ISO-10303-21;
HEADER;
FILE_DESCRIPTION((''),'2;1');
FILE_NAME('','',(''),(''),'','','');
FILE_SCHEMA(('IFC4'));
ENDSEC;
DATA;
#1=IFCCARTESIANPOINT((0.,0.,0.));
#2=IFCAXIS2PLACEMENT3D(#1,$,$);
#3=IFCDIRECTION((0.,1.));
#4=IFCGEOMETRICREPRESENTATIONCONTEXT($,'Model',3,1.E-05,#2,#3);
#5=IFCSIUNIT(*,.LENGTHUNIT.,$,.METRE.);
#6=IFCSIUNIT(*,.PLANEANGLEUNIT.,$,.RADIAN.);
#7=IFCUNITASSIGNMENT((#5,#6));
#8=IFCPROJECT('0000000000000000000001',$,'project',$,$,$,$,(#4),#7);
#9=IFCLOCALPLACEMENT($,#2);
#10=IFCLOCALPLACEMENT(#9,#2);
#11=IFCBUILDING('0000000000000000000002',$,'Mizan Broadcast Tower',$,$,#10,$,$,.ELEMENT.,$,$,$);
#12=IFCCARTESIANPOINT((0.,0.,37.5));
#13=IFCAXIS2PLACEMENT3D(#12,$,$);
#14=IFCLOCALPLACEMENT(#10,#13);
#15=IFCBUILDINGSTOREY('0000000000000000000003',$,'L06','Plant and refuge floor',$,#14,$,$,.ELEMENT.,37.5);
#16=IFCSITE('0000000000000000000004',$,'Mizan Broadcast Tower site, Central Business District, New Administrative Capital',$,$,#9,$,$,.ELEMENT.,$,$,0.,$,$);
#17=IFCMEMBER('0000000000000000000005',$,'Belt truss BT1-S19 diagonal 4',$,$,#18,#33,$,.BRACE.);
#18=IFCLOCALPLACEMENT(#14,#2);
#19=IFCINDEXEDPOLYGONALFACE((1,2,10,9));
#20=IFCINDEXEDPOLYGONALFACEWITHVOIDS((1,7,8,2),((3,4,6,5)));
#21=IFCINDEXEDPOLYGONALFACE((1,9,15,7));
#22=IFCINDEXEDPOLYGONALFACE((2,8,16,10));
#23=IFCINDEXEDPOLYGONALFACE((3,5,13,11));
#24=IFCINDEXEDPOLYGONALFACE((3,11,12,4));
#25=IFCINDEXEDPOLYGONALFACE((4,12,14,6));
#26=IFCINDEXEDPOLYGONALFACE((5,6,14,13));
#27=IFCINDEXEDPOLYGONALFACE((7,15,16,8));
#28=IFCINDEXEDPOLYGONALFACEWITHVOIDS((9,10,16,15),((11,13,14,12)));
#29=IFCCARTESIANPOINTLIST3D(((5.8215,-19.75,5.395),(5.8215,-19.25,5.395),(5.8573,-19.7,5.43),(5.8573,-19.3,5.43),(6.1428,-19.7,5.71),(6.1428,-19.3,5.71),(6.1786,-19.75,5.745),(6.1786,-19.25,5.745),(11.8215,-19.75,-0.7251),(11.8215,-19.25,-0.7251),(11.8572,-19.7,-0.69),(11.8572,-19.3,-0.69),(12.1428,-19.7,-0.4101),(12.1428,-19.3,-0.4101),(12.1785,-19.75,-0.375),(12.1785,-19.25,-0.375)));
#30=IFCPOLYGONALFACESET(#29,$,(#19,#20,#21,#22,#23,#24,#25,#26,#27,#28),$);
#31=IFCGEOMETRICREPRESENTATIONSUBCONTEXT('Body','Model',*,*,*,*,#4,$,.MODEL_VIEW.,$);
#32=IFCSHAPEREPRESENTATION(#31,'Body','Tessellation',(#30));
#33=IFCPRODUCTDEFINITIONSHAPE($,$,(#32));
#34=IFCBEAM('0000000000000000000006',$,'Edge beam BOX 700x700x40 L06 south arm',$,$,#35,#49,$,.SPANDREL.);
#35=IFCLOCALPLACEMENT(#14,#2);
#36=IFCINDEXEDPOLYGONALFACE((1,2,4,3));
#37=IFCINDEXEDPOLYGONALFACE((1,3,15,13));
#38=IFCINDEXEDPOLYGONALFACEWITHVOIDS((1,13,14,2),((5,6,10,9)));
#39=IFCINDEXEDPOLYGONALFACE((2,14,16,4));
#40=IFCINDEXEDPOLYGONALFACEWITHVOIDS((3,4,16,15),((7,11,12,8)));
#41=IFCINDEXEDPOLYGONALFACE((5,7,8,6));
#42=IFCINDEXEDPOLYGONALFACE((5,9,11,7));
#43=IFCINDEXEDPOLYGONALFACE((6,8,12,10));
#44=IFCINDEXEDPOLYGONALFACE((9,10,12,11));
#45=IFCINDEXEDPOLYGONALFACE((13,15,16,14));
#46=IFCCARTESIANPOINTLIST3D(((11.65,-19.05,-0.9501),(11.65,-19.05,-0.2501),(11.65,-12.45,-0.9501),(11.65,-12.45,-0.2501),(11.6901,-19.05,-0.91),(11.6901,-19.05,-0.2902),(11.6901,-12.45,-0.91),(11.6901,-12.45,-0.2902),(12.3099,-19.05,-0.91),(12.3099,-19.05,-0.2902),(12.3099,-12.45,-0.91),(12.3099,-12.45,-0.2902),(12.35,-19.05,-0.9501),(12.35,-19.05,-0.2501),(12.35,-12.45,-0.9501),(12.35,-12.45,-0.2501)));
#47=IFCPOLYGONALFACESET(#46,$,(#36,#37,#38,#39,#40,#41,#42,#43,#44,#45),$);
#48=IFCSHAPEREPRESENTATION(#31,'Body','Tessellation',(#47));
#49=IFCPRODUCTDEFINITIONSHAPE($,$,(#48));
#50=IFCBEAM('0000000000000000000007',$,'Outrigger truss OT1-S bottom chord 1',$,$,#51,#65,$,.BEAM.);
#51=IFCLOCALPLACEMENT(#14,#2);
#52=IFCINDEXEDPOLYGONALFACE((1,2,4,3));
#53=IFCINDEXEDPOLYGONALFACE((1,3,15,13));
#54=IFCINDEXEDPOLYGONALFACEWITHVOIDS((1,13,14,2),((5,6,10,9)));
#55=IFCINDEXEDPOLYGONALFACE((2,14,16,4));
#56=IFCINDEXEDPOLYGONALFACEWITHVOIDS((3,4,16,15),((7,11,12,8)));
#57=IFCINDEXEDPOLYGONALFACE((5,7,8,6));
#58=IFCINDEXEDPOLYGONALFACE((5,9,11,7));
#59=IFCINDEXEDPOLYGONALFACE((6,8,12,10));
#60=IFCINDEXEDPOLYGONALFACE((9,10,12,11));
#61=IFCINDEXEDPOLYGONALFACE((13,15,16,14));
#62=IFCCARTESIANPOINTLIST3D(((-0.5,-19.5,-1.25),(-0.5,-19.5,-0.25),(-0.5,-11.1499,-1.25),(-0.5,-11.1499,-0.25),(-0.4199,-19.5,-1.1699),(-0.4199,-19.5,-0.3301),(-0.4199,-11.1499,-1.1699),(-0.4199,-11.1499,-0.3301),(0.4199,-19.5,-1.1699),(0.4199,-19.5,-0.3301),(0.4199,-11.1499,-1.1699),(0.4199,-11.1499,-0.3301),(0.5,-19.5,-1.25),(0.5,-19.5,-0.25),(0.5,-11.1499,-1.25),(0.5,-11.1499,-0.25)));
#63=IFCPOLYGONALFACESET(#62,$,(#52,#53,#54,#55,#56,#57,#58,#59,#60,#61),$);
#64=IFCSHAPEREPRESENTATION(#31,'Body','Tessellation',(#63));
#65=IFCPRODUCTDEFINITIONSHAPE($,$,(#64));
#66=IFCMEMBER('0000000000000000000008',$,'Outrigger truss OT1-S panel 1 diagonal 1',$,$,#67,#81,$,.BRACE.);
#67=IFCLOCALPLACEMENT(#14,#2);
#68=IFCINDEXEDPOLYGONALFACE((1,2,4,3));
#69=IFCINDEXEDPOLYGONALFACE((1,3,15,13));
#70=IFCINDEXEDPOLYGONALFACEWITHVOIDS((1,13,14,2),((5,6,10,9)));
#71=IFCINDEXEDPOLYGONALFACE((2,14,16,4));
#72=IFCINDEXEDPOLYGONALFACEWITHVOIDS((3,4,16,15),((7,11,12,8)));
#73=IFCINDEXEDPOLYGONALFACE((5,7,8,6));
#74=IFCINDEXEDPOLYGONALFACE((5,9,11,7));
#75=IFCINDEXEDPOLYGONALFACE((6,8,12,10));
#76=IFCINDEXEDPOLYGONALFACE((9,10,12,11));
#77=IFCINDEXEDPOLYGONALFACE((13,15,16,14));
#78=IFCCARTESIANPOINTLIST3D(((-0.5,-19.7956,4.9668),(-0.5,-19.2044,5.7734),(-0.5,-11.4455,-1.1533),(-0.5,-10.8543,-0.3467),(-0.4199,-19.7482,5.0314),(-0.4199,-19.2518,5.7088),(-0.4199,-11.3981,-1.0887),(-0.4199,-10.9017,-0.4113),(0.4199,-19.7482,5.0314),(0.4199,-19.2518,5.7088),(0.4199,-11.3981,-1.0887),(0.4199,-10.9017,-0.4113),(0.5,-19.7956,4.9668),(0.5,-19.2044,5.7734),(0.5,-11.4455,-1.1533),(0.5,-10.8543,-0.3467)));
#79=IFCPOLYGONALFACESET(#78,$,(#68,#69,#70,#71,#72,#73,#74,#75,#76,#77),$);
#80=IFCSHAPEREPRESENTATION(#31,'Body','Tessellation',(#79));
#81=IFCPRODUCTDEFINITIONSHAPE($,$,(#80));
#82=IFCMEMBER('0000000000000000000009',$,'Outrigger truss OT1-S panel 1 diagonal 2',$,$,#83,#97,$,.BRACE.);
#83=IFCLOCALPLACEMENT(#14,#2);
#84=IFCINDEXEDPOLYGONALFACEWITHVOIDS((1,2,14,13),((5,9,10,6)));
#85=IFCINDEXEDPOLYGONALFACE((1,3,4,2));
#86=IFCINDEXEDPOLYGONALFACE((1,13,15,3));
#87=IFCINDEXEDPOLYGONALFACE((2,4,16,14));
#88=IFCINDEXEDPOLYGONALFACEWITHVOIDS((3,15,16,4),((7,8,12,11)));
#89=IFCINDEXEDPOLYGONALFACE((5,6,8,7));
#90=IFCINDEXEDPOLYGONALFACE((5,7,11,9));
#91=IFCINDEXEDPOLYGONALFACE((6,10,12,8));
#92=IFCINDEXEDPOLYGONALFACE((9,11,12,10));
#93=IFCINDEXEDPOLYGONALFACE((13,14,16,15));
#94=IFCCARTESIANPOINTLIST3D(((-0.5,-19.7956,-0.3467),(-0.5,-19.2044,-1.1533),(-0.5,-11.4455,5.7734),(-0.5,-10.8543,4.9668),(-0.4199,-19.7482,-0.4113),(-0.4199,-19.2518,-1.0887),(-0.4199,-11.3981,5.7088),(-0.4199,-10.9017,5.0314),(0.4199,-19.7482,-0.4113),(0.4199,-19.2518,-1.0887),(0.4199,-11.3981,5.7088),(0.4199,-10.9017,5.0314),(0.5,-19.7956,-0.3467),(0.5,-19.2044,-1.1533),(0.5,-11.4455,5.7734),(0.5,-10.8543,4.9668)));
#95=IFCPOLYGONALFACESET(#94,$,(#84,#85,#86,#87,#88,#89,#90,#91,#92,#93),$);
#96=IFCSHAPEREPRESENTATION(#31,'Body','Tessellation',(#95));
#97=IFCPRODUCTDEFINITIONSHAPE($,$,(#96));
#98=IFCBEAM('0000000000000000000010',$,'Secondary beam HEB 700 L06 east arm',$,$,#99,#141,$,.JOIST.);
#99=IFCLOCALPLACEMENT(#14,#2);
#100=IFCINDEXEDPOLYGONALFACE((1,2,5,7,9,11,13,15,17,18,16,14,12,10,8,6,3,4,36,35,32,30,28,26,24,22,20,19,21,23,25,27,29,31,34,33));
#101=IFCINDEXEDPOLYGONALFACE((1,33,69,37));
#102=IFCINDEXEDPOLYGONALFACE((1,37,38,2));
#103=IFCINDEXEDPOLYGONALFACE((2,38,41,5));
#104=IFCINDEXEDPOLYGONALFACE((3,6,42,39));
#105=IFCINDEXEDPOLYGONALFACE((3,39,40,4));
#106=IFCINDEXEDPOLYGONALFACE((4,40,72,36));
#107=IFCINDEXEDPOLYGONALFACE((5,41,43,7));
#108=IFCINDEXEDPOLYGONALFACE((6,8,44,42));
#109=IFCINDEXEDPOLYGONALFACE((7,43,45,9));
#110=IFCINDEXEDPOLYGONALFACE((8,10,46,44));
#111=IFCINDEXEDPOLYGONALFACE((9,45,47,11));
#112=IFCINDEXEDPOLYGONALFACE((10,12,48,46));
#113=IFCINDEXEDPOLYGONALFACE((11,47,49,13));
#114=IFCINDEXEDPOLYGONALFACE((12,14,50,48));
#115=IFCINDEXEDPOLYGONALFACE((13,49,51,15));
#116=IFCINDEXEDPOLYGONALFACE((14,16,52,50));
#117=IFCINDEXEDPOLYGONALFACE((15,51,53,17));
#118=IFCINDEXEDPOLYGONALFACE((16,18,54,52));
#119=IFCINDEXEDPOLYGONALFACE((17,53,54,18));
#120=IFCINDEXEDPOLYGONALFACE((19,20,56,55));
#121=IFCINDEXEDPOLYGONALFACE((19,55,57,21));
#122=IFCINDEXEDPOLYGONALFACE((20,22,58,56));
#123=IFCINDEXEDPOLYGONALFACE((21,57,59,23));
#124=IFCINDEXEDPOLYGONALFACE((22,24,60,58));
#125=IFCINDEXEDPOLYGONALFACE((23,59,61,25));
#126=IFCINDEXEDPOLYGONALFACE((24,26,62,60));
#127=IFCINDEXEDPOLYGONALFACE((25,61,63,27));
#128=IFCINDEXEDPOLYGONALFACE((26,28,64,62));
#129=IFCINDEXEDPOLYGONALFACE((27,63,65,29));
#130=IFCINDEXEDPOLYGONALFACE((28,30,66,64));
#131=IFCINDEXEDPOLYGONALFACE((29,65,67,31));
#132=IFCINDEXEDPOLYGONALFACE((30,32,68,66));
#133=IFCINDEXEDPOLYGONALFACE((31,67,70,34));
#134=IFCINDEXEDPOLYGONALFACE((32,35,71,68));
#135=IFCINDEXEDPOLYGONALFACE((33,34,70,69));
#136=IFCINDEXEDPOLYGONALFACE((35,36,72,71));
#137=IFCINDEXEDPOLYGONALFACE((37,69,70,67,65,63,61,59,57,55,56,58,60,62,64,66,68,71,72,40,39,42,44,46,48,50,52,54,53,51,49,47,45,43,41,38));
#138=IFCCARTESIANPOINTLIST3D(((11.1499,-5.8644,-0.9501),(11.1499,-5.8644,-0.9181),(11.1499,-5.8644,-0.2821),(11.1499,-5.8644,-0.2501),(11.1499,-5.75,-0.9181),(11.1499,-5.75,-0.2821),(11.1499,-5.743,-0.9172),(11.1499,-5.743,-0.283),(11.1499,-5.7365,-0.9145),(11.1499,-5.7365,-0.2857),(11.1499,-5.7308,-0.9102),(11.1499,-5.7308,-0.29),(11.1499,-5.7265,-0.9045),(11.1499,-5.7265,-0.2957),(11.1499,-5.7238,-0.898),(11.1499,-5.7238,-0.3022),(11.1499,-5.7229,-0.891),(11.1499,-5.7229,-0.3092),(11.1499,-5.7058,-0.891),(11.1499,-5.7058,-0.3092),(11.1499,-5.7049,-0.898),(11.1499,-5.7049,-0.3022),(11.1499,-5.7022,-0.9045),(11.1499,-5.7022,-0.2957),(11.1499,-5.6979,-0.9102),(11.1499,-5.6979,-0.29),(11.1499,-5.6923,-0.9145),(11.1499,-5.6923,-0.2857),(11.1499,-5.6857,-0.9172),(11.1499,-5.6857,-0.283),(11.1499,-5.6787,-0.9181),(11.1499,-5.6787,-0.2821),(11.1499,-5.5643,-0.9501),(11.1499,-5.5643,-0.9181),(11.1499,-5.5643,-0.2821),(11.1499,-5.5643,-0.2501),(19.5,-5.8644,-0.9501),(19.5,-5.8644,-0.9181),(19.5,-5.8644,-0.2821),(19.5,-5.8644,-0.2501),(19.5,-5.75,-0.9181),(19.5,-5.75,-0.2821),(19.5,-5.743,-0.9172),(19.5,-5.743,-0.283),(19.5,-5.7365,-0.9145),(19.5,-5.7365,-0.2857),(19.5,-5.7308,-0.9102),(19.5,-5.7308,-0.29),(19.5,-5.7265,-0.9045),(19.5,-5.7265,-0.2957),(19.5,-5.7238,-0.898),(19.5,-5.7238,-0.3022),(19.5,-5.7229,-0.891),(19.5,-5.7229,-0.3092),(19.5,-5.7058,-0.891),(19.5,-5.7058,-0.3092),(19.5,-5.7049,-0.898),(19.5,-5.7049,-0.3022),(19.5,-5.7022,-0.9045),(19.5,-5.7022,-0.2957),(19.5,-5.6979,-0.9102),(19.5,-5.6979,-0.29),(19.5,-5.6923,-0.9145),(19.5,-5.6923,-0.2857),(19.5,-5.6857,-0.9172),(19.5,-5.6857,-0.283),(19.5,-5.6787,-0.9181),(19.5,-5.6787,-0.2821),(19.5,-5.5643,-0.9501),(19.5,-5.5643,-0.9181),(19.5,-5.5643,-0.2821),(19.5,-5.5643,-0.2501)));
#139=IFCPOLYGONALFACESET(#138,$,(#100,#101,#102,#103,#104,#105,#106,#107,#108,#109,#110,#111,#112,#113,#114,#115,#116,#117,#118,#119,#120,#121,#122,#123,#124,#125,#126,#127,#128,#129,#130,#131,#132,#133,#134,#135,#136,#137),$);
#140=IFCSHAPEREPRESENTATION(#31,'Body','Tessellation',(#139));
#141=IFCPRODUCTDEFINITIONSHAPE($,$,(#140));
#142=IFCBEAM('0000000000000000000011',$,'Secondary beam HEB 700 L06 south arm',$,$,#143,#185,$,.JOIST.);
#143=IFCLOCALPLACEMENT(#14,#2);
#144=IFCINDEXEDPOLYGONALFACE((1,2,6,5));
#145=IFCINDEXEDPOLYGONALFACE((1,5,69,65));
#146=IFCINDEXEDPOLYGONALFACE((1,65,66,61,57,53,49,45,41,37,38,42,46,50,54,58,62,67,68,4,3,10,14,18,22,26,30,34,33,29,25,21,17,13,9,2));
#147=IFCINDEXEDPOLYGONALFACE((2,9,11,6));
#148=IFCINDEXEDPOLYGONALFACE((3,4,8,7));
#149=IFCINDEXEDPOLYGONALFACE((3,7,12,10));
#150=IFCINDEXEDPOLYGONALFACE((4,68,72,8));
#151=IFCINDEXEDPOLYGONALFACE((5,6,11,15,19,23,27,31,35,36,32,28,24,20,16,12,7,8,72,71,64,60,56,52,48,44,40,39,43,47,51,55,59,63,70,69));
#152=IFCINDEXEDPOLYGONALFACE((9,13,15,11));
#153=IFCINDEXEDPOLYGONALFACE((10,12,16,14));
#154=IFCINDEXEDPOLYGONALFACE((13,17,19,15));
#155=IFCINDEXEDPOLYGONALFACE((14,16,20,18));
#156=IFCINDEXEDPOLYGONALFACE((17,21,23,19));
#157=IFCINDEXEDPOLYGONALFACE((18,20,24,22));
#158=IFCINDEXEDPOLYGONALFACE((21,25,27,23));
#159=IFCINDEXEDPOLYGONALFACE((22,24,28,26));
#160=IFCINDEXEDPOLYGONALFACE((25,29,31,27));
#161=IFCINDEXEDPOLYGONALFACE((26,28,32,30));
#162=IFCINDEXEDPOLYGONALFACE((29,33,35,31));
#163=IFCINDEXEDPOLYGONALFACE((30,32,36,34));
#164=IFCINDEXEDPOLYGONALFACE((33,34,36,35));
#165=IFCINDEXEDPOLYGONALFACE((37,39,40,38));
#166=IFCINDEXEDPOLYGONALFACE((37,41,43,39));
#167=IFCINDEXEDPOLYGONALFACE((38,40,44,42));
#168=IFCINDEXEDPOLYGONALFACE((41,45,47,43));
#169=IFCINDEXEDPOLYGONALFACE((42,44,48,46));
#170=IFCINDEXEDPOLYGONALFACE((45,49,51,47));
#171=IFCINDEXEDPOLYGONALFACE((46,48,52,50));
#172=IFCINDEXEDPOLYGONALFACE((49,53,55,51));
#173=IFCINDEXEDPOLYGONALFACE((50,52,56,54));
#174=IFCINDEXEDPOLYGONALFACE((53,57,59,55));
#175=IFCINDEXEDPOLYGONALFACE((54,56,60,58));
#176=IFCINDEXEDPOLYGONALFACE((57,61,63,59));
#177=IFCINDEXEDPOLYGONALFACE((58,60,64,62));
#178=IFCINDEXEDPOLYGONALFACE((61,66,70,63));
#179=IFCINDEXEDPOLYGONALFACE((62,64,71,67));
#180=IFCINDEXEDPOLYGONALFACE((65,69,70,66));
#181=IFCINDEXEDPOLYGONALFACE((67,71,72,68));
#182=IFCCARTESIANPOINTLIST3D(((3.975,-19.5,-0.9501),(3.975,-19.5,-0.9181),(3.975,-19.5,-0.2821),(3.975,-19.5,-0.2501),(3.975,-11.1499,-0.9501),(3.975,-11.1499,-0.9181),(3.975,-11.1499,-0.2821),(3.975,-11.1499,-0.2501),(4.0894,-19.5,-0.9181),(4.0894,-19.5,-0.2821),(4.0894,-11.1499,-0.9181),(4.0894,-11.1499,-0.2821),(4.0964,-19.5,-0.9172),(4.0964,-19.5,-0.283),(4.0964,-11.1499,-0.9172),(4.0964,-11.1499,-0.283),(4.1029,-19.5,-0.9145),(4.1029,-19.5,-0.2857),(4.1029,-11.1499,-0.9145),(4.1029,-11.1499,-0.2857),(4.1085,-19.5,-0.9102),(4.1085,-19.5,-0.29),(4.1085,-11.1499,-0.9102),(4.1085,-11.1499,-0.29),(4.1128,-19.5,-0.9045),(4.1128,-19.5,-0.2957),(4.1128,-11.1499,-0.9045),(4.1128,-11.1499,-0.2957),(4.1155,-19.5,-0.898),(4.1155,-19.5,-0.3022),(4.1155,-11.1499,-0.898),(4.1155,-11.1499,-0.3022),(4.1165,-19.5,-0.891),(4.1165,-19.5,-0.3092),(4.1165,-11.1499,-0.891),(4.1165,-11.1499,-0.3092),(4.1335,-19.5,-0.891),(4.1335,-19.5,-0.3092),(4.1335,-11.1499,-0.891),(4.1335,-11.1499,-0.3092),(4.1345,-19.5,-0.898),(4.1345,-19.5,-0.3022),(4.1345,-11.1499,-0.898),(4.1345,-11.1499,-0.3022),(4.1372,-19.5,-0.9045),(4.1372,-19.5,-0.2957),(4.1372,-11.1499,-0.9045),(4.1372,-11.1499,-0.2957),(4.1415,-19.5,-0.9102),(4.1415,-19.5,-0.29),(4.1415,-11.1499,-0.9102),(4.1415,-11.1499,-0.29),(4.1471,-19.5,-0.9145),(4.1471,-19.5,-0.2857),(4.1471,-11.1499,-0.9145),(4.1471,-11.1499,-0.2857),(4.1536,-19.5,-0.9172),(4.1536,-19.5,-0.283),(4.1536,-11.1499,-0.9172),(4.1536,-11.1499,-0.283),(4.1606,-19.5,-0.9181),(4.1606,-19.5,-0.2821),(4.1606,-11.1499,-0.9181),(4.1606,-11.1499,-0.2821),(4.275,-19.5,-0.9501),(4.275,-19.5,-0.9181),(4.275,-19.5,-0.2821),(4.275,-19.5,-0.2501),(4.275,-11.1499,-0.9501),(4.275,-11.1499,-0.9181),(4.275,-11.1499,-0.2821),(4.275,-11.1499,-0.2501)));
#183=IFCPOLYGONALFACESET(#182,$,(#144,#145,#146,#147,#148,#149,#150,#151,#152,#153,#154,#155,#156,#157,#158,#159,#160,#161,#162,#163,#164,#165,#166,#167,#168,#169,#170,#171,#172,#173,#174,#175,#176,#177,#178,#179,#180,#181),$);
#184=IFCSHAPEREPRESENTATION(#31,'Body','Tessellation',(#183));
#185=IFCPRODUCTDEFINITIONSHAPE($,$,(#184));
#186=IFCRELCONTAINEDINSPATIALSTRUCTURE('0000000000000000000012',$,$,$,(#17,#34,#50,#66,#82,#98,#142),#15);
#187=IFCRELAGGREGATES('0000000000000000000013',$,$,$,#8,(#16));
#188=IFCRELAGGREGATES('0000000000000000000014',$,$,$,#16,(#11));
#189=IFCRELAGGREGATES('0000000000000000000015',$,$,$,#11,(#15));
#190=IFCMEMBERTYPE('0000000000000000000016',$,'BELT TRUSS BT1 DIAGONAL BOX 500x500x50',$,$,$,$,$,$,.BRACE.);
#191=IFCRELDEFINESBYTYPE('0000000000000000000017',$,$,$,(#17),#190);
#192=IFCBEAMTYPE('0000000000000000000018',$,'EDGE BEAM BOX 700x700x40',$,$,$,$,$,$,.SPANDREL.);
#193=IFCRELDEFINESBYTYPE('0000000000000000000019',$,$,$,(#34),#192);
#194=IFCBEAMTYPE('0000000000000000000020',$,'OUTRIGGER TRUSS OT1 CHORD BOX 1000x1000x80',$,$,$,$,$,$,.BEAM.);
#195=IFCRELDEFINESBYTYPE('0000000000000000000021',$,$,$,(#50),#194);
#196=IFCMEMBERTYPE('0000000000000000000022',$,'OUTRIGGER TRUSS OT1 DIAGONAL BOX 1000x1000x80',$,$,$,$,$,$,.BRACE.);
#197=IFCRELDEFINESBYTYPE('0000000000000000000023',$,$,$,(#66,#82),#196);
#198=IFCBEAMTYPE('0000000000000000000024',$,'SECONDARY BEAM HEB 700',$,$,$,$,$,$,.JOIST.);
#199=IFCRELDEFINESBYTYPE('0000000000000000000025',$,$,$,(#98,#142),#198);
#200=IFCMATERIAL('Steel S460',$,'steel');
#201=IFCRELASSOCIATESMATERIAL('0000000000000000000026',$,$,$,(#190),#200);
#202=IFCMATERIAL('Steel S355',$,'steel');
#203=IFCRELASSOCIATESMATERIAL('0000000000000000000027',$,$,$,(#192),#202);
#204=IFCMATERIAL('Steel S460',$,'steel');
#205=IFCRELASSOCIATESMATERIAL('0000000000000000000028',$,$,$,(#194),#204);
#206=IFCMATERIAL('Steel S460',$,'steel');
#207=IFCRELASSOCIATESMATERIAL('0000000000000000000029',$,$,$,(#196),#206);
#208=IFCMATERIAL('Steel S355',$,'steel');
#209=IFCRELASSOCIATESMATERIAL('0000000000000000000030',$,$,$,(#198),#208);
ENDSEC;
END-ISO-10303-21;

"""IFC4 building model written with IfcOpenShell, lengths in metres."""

from ifc_helpers import new_model, si_unit, direction, frame, origin, origin_2d, place, context, subcontext, project, spatial, hollow_rectangle, i_section, extrude, material, material_profile, profile_set, type_object, element, save


model = new_model("IFC4")

# Units and contexts
model_context = context("Model", 3, precision=1e-05, world=origin(), true_north=direction((0.0, 1.0)))
body_context = subcontext(model_context, "Body", "Model", "MODEL_VIEW")
ifc_project = project(units=[si_unit("LENGTHUNIT", "METRE"), si_unit("PLANEANGLEUNIT", "RADIAN")], contexts=[model_context])

# Site, building, storey
site_placement = place(None, origin())
site = spatial("IfcSite", under=ifc_project, at=site_placement, Name="Mizan Broadcast Tower site, Central Business District, New Administrative Capital", CompositionType="ELEMENT", RefElevation=0.0)
building_placement = place(site_placement, origin())
building = spatial("IfcBuilding", under=site, at=building_placement, Name="Mizan Broadcast Tower", CompositionType="ELEMENT")
storey_placement = place(building_placement, frame((0.0, 0.0, 37.5)))
storey = spatial("IfcBuildingStorey", under=building, at=storey_placement, Name="L06", Description="Plant and refuge floor", CompositionType="ELEMENT", Elevation=37.5)

# Member
ifc_material_1 = material(Name="Steel S460", Category="steel")
ifc_material_profile_1 = material_profile(ifc_material_1, hollow_rectangle(XDim=0.5, YDim=0.5, WallThickness=0.05, at=origin_2d()), Name="BOX 500x500x50")
ifc_profile_set_1 = profile_set([ifc_material_profile_1], Name="Steel S460")
member_type_1 = type_object("IfcMemberType", Name="BELT TRUSS BT1 DIAGONAL BOX 500x500x50", PredefinedType="BRACE", material=ifc_profile_set_1)
member_placement = place(storey_placement, frame((12.0, -19.5, -0.55), z_axis=(-0.700065, 0.0, 0.71408), x_axis=(0.0, -1.0, 0.0)))
element("IfcMember", 1, at=member_placement, inside=storey, type_object=member_type_1, Name="Belt truss BT1-S19 diagonal 4", PredefinedType="BRACE", context=body_context, shape_type="SweptSolid", body=[
    extrude(hollow_rectangle(XDim=0.5, YDim=0.5, WallThickness=0.05, at=origin_2d()), origin(), (0.0, 0.0, 1.0), 8.5706),
])

# Beams
ifc_material_2 = material(Name="Steel S355", Category="steel")
ifc_material_profile_2 = material_profile(ifc_material_2, hollow_rectangle(XDim=0.7, YDim=0.7, WallThickness=0.04, at=origin_2d()), Name="BOX 700x700x40")
ifc_profile_set_2 = profile_set([ifc_material_profile_2], Name="Steel S355")
beam_type_1 = type_object("IfcBeamType", Name="EDGE BEAM BOX 700x700x40", PredefinedType="SPANDREL", material=ifc_profile_set_2)
beam_1_placement = place(storey_placement, frame((12.0, -12.45, -0.6001), z_axis=(0.0, -1.0, 0.0), x_axis=(1.0, 0.0, 0.0)))
element("IfcBeam", 2, at=beam_1_placement, inside=storey, type_object=beam_type_1, Name="Edge beam BOX 700x700x40 L06 south arm", PredefinedType="SPANDREL", context=body_context, shape_type="SweptSolid", body=[
    extrude(hollow_rectangle(XDim=0.7, YDim=0.7, WallThickness=0.04, at=origin_2d()), origin(), (0.0, 0.0, 1.0), 6.6001),
])
ifc_material_3 = material(Name="Steel S460", Category="steel")
ifc_material_profile_3 = material_profile(ifc_material_3, hollow_rectangle(XDim=1.0, YDim=1.0, WallThickness=0.0801, at=origin_2d()), Name="BOX 1000x1000x80")
ifc_profile_set_3 = profile_set([ifc_material_profile_3], Name="Steel S460")
beam_type_2 = type_object("IfcBeamType", Name="OUTRIGGER TRUSS OT1 CHORD BOX 1000x1000x80", PredefinedType="BEAM", material=ifc_profile_set_3)
beam_2_placement = place(storey_placement, frame((0.0, -11.1499, -0.75), z_axis=(0.0, -1.0, 0.0), x_axis=(1.0, 0.0, 0.0)))
element("IfcBeam", 3, at=beam_2_placement, inside=storey, type_object=beam_type_2, Name="Outrigger truss OT1-S bottom chord 1", PredefinedType="BEAM", context=body_context, shape_type="SweptSolid", body=[
    extrude(hollow_rectangle(XDim=1.0, YDim=1.0, WallThickness=0.0801, at=origin_2d()), origin(), (0.0, 0.0, 1.0), 8.3501),
])

# Members
ifc_material_4 = material(Name="Steel S460", Category="steel")
ifc_material_profile_4 = material_profile(ifc_material_4, hollow_rectangle(XDim=1.0, YDim=1.0, WallThickness=0.0801, at=origin_2d()), Name="BOX 1000x1000x80")
ifc_profile_set_4 = profile_set([ifc_material_profile_4], Name="Steel S460")
member_type_2 = type_object("IfcMemberType", Name="OUTRIGGER TRUSS OT1 DIAGONAL BOX 1000x1000x80", PredefinedType="BRACE", material=ifc_profile_set_4)
for number, where, z_axis, x_axis, name in (
    (4, (0.0, -11.1499, -0.75), (0.0, -0.806556, 0.591157), (1.0, 0.0, 0.0), "Outrigger truss OT1-S panel 1 diagonal 1"),
    (5, (0.0, -11.1499, 5.3701), (0.0, -0.806556, -0.591157), (1.0, 0.0, 0.0), "Outrigger truss OT1-S panel 1 diagonal 2"),
):
    element("IfcMember", number, at=place(storey_placement, frame(where, z_axis=z_axis, x_axis=x_axis)), inside=storey, type_object=member_type_2, Name=name, PredefinedType="BRACE", context=body_context, shape_type="SweptSolid", body=[
        extrude(hollow_rectangle(XDim=1.0, YDim=1.0, WallThickness=0.0801, at=origin_2d()), origin(), (0.0, 0.0, 1.0), 10.3528),
    ])

# Beams
ifc_material_5 = material(Name="Steel S355", Category="steel")
ifc_material_profile_5 = material_profile(ifc_material_5, i_section(OverallWidth=0.3, OverallDepth=0.7, WebThickness=0.0171, FlangeThickness=0.032, FilletRadius=0.0271, at=origin_2d()), Name="HEB 700")
ifc_profile_set_5 = profile_set([ifc_material_profile_5], Name="Steel S355")
beam_type_3 = type_object("IfcBeamType", Name="SECONDARY BEAM HEB 700", PredefinedType="JOIST", material=ifc_profile_set_5)
for number, where, z_axis, x_axis, name in (
    (6, (11.1499, -5.7144, -0.6001), (1.0, 0.0, 0.0), (0.0, 1.0, 0.0), "Secondary beam HEB 700 L06 east arm"),
    (7, (4.125, -11.1499, -0.6001), (0.0, -1.0, 0.0), (1.0, 0.0, 0.0), "Secondary beam HEB 700 L06 south arm"),
):
    element("IfcBeam", number, at=place(storey_placement, frame(where, z_axis=z_axis, x_axis=x_axis)), inside=storey, type_object=beam_type_3, Name=name, PredefinedType="JOIST", context=body_context, shape_type="SweptSolid", body=[
        extrude(i_section(OverallWidth=0.3, OverallDepth=0.7, WebThickness=0.0171, FlangeThickness=0.032, FilletRadius=0.0271, at=origin_2d()), origin(), (0.0, 0.0, 1.0), 8.3501),
    ])

save(model, "model.ifc")
